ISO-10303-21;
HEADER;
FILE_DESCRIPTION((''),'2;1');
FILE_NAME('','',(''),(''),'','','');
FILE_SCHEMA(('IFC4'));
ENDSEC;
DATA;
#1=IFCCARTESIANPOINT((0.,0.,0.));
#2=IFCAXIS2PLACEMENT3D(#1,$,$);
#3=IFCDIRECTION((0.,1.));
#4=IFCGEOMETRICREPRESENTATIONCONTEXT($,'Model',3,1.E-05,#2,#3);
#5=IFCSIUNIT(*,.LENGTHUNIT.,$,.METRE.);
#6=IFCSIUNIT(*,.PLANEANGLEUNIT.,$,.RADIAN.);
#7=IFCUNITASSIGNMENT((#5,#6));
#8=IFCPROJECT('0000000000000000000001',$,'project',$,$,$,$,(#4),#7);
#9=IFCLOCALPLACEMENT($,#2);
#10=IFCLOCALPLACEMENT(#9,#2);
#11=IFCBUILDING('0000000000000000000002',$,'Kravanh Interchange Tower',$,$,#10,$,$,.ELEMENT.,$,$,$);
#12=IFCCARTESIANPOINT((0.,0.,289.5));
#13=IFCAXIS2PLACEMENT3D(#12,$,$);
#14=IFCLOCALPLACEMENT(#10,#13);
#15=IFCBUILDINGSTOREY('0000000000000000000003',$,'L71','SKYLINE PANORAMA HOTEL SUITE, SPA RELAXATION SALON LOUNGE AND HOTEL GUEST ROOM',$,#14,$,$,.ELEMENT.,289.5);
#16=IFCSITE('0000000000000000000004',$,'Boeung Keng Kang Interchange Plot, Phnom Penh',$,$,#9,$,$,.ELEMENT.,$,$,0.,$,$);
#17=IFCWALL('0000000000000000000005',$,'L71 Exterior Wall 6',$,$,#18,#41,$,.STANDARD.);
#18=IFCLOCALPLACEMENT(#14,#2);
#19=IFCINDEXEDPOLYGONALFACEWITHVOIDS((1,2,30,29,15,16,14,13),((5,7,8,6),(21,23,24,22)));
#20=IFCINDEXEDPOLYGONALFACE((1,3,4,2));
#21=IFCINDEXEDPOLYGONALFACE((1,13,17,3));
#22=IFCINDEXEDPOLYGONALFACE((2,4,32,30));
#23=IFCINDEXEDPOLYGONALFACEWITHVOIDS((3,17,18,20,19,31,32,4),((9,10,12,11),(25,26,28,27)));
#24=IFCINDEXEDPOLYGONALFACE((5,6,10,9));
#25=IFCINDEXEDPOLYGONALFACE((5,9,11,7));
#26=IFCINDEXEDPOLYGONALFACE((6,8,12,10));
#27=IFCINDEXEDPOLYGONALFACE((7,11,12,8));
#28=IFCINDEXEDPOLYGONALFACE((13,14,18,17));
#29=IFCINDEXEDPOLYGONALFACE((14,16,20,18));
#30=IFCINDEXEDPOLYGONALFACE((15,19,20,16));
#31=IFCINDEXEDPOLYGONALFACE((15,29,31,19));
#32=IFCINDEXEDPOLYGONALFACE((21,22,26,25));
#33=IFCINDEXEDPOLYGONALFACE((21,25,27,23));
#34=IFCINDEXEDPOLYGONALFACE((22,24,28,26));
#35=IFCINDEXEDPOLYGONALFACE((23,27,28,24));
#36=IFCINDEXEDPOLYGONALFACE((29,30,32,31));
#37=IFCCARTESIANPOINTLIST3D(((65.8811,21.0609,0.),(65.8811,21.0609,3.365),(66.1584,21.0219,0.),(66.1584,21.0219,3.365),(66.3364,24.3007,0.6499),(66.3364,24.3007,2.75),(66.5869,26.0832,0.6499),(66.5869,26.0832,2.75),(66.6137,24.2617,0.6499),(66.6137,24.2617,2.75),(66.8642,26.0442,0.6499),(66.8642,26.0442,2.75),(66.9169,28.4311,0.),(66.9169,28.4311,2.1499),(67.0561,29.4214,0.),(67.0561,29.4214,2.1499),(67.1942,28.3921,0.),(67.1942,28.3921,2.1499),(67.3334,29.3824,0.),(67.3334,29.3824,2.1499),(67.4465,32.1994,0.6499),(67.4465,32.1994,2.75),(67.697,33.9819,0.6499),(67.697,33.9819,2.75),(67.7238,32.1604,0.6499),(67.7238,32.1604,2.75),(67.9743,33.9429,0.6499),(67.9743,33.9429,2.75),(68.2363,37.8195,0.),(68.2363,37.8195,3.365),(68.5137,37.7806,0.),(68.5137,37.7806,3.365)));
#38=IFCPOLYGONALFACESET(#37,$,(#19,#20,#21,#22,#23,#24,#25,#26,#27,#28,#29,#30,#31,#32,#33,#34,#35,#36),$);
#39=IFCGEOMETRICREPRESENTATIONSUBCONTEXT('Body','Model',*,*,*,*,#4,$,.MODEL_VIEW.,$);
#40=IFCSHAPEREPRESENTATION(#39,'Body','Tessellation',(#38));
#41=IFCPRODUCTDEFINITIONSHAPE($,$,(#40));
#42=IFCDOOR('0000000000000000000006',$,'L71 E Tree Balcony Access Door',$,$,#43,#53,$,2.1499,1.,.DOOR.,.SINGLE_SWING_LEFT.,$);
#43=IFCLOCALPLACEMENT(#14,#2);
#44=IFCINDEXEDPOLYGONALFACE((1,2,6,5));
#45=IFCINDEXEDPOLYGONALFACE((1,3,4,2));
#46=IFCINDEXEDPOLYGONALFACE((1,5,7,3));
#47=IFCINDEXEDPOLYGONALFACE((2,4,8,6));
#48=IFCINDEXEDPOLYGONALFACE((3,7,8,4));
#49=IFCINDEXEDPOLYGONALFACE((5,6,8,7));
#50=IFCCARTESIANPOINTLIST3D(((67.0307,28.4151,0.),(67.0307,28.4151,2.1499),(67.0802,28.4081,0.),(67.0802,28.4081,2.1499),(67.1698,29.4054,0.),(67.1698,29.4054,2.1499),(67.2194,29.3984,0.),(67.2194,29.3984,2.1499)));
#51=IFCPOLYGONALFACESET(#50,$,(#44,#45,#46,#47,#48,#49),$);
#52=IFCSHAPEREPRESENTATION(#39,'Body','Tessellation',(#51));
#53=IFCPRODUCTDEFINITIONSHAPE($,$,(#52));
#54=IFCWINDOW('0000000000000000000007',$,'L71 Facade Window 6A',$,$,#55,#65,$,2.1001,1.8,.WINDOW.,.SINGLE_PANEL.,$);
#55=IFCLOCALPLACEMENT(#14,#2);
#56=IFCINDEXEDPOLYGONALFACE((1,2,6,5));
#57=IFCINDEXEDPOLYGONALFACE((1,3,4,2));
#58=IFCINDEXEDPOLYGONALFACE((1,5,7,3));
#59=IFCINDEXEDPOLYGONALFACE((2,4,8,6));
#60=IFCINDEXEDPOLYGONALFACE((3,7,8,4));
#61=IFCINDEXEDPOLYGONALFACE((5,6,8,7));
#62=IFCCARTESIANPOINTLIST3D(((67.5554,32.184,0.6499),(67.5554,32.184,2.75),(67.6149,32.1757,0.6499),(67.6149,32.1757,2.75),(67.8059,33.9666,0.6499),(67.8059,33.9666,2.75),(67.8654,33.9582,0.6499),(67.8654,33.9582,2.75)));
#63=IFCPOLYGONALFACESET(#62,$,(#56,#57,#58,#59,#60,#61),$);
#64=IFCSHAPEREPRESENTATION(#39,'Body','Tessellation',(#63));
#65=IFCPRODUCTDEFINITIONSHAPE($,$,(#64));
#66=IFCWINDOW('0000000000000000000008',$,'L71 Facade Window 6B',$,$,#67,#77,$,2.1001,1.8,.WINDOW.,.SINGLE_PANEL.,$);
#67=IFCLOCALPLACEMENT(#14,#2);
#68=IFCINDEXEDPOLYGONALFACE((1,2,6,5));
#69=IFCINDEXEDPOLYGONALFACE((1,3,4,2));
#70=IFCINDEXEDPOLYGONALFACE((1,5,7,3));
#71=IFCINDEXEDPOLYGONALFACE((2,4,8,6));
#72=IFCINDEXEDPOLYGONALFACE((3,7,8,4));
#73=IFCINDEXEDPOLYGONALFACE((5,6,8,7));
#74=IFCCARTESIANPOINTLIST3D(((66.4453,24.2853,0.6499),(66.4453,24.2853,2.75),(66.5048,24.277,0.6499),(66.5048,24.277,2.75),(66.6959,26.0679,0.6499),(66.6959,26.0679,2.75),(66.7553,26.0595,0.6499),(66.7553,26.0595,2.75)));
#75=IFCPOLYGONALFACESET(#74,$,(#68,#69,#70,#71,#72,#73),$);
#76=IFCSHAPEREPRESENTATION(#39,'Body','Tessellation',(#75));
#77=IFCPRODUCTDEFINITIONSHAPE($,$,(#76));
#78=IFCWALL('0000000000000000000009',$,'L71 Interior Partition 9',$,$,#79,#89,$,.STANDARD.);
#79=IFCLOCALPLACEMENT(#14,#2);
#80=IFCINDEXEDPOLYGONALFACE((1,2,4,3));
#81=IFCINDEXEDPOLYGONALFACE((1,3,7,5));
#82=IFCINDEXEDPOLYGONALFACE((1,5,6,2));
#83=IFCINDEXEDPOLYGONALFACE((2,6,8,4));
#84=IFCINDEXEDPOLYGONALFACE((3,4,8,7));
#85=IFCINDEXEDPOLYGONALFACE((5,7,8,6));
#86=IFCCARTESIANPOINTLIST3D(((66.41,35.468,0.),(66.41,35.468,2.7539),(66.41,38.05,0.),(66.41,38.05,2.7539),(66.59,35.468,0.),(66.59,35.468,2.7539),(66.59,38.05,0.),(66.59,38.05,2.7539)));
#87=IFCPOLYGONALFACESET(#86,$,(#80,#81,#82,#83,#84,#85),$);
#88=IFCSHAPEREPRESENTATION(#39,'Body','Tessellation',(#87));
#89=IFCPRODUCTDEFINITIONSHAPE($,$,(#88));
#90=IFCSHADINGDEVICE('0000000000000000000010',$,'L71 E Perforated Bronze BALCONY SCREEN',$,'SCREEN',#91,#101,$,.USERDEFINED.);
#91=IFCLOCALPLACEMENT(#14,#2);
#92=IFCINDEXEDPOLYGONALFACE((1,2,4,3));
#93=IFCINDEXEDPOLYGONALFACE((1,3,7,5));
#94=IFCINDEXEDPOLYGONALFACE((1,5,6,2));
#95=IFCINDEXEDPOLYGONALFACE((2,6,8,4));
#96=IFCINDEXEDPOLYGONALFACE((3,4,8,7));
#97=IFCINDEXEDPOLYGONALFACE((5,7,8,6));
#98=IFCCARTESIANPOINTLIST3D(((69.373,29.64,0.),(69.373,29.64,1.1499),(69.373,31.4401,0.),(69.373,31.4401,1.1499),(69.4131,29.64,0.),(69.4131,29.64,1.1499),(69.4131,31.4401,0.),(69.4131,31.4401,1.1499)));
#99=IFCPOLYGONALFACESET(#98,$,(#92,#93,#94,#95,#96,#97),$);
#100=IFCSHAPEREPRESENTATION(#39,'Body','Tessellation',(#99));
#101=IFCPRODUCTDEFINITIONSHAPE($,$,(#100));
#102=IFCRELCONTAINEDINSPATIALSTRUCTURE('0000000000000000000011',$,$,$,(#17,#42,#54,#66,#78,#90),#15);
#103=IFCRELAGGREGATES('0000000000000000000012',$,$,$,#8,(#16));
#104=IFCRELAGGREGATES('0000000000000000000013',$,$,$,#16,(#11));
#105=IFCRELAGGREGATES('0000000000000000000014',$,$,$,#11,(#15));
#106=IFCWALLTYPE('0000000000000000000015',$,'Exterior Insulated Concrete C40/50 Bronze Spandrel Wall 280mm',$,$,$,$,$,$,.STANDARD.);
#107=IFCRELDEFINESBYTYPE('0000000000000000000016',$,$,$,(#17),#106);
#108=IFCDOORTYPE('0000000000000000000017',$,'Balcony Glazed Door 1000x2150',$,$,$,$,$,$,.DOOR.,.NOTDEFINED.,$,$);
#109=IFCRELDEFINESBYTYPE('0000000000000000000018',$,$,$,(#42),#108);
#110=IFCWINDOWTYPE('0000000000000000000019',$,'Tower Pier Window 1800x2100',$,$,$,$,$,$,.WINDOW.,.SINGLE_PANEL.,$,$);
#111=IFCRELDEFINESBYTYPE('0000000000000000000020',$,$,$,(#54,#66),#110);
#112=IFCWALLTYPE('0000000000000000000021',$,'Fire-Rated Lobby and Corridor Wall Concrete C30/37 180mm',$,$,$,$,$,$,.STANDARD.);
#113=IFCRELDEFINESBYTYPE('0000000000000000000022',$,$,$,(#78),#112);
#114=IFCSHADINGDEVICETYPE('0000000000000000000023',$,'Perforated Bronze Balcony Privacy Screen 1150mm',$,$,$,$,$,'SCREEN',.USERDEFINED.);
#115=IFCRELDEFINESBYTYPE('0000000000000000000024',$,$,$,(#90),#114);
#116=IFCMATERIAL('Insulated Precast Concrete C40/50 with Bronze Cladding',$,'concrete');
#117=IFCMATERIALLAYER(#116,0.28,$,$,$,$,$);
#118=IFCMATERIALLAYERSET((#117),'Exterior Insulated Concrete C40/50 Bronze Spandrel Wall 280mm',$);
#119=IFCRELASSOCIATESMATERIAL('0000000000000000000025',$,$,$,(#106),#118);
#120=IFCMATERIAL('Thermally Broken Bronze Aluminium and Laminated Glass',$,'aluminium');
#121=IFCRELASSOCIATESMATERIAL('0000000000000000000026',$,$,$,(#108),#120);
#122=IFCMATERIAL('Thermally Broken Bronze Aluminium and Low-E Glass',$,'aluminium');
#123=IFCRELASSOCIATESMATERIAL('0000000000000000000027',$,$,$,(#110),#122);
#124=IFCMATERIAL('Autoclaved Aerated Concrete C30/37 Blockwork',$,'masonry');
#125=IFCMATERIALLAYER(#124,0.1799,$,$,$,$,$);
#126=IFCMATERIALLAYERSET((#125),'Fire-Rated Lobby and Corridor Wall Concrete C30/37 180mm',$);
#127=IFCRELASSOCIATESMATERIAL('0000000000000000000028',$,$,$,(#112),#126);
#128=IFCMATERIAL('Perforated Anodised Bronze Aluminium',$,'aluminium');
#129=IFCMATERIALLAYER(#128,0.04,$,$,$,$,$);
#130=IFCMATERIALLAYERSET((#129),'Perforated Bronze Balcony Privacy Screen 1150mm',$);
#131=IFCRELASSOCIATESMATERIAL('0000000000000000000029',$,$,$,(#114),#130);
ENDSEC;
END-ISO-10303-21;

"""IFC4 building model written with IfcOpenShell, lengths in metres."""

from ifc_helpers import new_model, si_unit, direction, frame, frame_2d, origin, origin_2d, place, context, subcontext, project, spatial, rectangle, extrude, material, layer, layer_set, type_object, element, fill, save


model = new_model("IFC4")

# Units and contexts
model_context = context("Model", 3, precision=1e-05, world=origin(), true_north=direction((0.0, 1.0)))
body_context = subcontext(model_context, "Body", "Model", "MODEL_VIEW")
ifc_project = project(units=[si_unit("LENGTHUNIT", "METRE"), si_unit("PLANEANGLEUNIT", "RADIAN")], contexts=[model_context])

# Site, building, storey
site_placement = place(None, origin())
site = spatial("IfcSite", under=ifc_project, at=site_placement, Name="Boeung Keng Kang Interchange Plot, Phnom Penh", CompositionType="ELEMENT", RefElevation=0.0)
building_placement = place(site_placement, origin())
building = spatial("IfcBuilding", under=site, at=building_placement, Name="Kravanh Interchange Tower", CompositionType="ELEMENT")
storey_placement = place(building_placement, frame((0.0, 0.0, 289.5)))
storey = spatial("IfcBuildingStorey", under=building, at=storey_placement, Name="L71", Description="SKYLINE PANORAMA HOTEL SUITE, SPA RELAXATION SALON LOUNGE AND HOTEL GUEST ROOM", CompositionType="ELEMENT", Elevation=289.5)

# Wall, openings, door, windows
ifc_material_1 = material(Name="Insulated Precast Concrete C40/50 with Bronze Cladding", Category="concrete")
ifc_layer_1 = layer(ifc_material_1, 0.28)
ifc_layer_set_1 = layer_set([ifc_layer_1], Name="Exterior Insulated Concrete C40/50 Bronze Spandrel Wall 280mm")
wall_type_1 = type_object("IfcWallType", Name="Exterior Insulated Concrete C40/50 Bronze Spandrel Wall 280mm", PredefinedType="STANDARD", material=ifc_layer_set_1)
wall_1_placement = place(storey_placement, frame((68.375, 37.8, 0.0), z_axis=(0.0, 0.0, 1.0), x_axis=(-0.139171, -0.990268, 0.0)))
wall_1 = element("IfcWall", 1, at=wall_1_placement, inside=storey, type_object=wall_type_1, Name="L71 Exterior Wall 6", PredefinedType="STANDARD", context=body_context, shape_type="SweptSolid", body=[
    extrude(rectangle(XDim=16.9233, YDim=0.28, at=frame_2d((8.4617, 0.0))), origin(), (0.0, 0.0, 1.0), 3.365),
])
opening_1_placement = place(wall_1_placement, frame((8.4807, 0.0, 0.0)))
opening_1 = element("IfcOpeningElement", 2, at=opening_1_placement, cuts=wall_1, PredefinedType="OPENING", context=body_context, shape_type="SweptSolid", body=[
    extrude(rectangle(XDim=1.0, YDim=2.1499, at=frame_2d((0.5, 1.075))), frame((0.0, 0.1499, 0.0), z_axis=(0.0, -1.0, 0.0), x_axis=(1.0, 0.0, 0.0)), (0.0, 0.0, 1.0), 0.3),
])
opening_2_placement = place(wall_1_placement, frame((3.8755, 0.0, 0.6499)))
opening_2 = element("IfcOpeningElement", 3, at=opening_2_placement, cuts=wall_1, PredefinedType="OPENING", context=body_context, shape_type="SweptSolid", body=[
    extrude(rectangle(XDim=1.8, YDim=2.1001, at=frame_2d((0.8999, 1.05))), frame((0.0, 0.1499, 0.0), z_axis=(0.0, -1.0, 0.0), x_axis=(1.0, 0.0, 0.0)), (0.0, 0.0, 1.0), 0.3),
])
opening_3_placement = place(wall_1_placement, frame((11.8518, 0.0, 0.6499)))
opening_3 = element("IfcOpeningElement", 4, at=opening_3_placement, cuts=wall_1, PredefinedType="OPENING", context=body_context, shape_type="SweptSolid", body=[
    extrude(rectangle(XDim=1.8, YDim=2.1001, at=frame_2d((0.8999, 1.05))), frame((0.0, 0.1499, 0.0), z_axis=(0.0, -1.0, 0.0), x_axis=(1.0, 0.0, 0.0)), (0.0, 0.0, 1.0), 0.3),
])
ifc_material_2 = material(Name="Thermally Broken Bronze Aluminium and Laminated Glass", Category="aluminium")
door_type_1 = type_object("IfcDoorType", Name="Balcony Glazed Door 1000x2150", OperationType="NOTDEFINED", PredefinedType="DOOR", material=ifc_material_2)
door_1_placement = place(opening_1_placement, origin())
door_1 = element("IfcDoor", 5, at=door_1_placement, inside=storey, type_object=door_type_1, Name="L71 E Tree Balcony Access Door", OperationType="SINGLE_SWING_LEFT", OverallHeight=2.1499, OverallWidth=1.0, PredefinedType="DOOR", context=body_context, shape_type="SweptSolid", body=[
    extrude(rectangle(XDim=1.0, YDim=2.1499, at=frame_2d((0.5, 1.075))), frame((0.0, 0.0249, 0.0), z_axis=(0.0, -1.0, 0.0), x_axis=(1.0, 0.0, 0.0)), (0.0, 0.0, 1.0), 0.05),
])
fill(opening_1, door_1)
ifc_material_3 = material(Name="Thermally Broken Bronze Aluminium and Low-E Glass", Category="aluminium")
window_type = type_object("IfcWindowType", Name="Tower Pier Window 1800x2100", PartitioningType="SINGLE_PANEL", PredefinedType="WINDOW", material=ifc_material_3)
window_1_placement = place(opening_2_placement, origin())
window_1 = element("IfcWindow", 6, at=window_1_placement, inside=storey, type_object=window_type, Name="L71 Facade Window 6A", OverallHeight=2.1001, OverallWidth=1.8, PartitioningType="SINGLE_PANEL", PredefinedType="WINDOW", context=body_context, shape_type="SweptSolid", body=[
    extrude(rectangle(XDim=1.8, YDim=2.1001, at=frame_2d((0.8999, 1.05))), frame((0.0, 0.03, 0.0), z_axis=(0.0, -1.0, 0.0), x_axis=(1.0, 0.0, 0.0)), (0.0, 0.0, 1.0), 0.0601),
])
fill(opening_2, window_1)
window_2_placement = place(opening_3_placement, origin())
window_2 = element("IfcWindow", 7, at=window_2_placement, inside=storey, type_object=window_type, Name="L71 Facade Window 6B", OverallHeight=2.1001, OverallWidth=1.8, PartitioningType="SINGLE_PANEL", PredefinedType="WINDOW", context=body_context, shape_type="SweptSolid", body=[
    extrude(rectangle(XDim=1.8, YDim=2.1001, at=frame_2d((0.8999, 1.05))), frame((0.0, 0.03, 0.0), z_axis=(0.0, -1.0, 0.0), x_axis=(1.0, 0.0, 0.0)), (0.0, 0.0, 1.0), 0.0601),
])
fill(opening_3, window_2)

# Wall
ifc_material_4 = material(Name="Autoclaved Aerated Concrete C30/37 Blockwork", Category="masonry")
ifc_layer_2 = layer(ifc_material_4, 0.1799)
ifc_layer_set_2 = layer_set([ifc_layer_2], Name="Fire-Rated Lobby and Corridor Wall Concrete C30/37 180mm")
wall_type_2 = type_object("IfcWallType", Name="Fire-Rated Lobby and Corridor Wall Concrete C30/37 180mm", PredefinedType="STANDARD", material=ifc_layer_set_2)
wall_2_placement = place(storey_placement, frame((66.5, 35.468, 0.0), z_axis=(0.0, 0.0, 1.0), x_axis=(0.0, 1.0, 0.0)))
element("IfcWall", 8, at=wall_2_placement, inside=storey, type_object=wall_type_2, Name="L71 Interior Partition 9", PredefinedType="STANDARD", context=body_context, shape_type="SweptSolid", body=[
    extrude(rectangle(XDim=2.582, YDim=0.1799, at=frame_2d((1.291, 0.0))), origin(), (0.0, 0.0, 1.0), 2.7539),
])

# Shading device
ifc_material_5 = material(Name="Perforated Anodised Bronze Aluminium", Category="aluminium")
ifc_layer_3 = layer(ifc_material_5, 0.04)
ifc_layer_set_3 = layer_set([ifc_layer_3], Name="Perforated Bronze Balcony Privacy Screen 1150mm")
shading_device_type = type_object("IfcShadingDeviceType", Name="Perforated Bronze Balcony Privacy Screen 1150mm", ElementType="SCREEN", PredefinedType="USERDEFINED", material=ifc_layer_set_3)
shading_device_placement = place(storey_placement, frame((69.3931, 30.54, 0.0), z_axis=(0.0, 0.0, 1.0), x_axis=(1.0, 0.0, 0.0)))
element("IfcShadingDevice", 9, at=shading_device_placement, inside=storey, type_object=shading_device_type, Name="L71 E Perforated Bronze BALCONY SCREEN", ObjectType="SCREEN", PredefinedType="USERDEFINED", context=body_context, shape_type="SweptSolid", body=[
    extrude(rectangle(XDim=0.04, YDim=1.8, at=origin_2d()), origin(), (0.0, 0.0, 1.0), 1.1499),
])

save(model, "model.ifc")
